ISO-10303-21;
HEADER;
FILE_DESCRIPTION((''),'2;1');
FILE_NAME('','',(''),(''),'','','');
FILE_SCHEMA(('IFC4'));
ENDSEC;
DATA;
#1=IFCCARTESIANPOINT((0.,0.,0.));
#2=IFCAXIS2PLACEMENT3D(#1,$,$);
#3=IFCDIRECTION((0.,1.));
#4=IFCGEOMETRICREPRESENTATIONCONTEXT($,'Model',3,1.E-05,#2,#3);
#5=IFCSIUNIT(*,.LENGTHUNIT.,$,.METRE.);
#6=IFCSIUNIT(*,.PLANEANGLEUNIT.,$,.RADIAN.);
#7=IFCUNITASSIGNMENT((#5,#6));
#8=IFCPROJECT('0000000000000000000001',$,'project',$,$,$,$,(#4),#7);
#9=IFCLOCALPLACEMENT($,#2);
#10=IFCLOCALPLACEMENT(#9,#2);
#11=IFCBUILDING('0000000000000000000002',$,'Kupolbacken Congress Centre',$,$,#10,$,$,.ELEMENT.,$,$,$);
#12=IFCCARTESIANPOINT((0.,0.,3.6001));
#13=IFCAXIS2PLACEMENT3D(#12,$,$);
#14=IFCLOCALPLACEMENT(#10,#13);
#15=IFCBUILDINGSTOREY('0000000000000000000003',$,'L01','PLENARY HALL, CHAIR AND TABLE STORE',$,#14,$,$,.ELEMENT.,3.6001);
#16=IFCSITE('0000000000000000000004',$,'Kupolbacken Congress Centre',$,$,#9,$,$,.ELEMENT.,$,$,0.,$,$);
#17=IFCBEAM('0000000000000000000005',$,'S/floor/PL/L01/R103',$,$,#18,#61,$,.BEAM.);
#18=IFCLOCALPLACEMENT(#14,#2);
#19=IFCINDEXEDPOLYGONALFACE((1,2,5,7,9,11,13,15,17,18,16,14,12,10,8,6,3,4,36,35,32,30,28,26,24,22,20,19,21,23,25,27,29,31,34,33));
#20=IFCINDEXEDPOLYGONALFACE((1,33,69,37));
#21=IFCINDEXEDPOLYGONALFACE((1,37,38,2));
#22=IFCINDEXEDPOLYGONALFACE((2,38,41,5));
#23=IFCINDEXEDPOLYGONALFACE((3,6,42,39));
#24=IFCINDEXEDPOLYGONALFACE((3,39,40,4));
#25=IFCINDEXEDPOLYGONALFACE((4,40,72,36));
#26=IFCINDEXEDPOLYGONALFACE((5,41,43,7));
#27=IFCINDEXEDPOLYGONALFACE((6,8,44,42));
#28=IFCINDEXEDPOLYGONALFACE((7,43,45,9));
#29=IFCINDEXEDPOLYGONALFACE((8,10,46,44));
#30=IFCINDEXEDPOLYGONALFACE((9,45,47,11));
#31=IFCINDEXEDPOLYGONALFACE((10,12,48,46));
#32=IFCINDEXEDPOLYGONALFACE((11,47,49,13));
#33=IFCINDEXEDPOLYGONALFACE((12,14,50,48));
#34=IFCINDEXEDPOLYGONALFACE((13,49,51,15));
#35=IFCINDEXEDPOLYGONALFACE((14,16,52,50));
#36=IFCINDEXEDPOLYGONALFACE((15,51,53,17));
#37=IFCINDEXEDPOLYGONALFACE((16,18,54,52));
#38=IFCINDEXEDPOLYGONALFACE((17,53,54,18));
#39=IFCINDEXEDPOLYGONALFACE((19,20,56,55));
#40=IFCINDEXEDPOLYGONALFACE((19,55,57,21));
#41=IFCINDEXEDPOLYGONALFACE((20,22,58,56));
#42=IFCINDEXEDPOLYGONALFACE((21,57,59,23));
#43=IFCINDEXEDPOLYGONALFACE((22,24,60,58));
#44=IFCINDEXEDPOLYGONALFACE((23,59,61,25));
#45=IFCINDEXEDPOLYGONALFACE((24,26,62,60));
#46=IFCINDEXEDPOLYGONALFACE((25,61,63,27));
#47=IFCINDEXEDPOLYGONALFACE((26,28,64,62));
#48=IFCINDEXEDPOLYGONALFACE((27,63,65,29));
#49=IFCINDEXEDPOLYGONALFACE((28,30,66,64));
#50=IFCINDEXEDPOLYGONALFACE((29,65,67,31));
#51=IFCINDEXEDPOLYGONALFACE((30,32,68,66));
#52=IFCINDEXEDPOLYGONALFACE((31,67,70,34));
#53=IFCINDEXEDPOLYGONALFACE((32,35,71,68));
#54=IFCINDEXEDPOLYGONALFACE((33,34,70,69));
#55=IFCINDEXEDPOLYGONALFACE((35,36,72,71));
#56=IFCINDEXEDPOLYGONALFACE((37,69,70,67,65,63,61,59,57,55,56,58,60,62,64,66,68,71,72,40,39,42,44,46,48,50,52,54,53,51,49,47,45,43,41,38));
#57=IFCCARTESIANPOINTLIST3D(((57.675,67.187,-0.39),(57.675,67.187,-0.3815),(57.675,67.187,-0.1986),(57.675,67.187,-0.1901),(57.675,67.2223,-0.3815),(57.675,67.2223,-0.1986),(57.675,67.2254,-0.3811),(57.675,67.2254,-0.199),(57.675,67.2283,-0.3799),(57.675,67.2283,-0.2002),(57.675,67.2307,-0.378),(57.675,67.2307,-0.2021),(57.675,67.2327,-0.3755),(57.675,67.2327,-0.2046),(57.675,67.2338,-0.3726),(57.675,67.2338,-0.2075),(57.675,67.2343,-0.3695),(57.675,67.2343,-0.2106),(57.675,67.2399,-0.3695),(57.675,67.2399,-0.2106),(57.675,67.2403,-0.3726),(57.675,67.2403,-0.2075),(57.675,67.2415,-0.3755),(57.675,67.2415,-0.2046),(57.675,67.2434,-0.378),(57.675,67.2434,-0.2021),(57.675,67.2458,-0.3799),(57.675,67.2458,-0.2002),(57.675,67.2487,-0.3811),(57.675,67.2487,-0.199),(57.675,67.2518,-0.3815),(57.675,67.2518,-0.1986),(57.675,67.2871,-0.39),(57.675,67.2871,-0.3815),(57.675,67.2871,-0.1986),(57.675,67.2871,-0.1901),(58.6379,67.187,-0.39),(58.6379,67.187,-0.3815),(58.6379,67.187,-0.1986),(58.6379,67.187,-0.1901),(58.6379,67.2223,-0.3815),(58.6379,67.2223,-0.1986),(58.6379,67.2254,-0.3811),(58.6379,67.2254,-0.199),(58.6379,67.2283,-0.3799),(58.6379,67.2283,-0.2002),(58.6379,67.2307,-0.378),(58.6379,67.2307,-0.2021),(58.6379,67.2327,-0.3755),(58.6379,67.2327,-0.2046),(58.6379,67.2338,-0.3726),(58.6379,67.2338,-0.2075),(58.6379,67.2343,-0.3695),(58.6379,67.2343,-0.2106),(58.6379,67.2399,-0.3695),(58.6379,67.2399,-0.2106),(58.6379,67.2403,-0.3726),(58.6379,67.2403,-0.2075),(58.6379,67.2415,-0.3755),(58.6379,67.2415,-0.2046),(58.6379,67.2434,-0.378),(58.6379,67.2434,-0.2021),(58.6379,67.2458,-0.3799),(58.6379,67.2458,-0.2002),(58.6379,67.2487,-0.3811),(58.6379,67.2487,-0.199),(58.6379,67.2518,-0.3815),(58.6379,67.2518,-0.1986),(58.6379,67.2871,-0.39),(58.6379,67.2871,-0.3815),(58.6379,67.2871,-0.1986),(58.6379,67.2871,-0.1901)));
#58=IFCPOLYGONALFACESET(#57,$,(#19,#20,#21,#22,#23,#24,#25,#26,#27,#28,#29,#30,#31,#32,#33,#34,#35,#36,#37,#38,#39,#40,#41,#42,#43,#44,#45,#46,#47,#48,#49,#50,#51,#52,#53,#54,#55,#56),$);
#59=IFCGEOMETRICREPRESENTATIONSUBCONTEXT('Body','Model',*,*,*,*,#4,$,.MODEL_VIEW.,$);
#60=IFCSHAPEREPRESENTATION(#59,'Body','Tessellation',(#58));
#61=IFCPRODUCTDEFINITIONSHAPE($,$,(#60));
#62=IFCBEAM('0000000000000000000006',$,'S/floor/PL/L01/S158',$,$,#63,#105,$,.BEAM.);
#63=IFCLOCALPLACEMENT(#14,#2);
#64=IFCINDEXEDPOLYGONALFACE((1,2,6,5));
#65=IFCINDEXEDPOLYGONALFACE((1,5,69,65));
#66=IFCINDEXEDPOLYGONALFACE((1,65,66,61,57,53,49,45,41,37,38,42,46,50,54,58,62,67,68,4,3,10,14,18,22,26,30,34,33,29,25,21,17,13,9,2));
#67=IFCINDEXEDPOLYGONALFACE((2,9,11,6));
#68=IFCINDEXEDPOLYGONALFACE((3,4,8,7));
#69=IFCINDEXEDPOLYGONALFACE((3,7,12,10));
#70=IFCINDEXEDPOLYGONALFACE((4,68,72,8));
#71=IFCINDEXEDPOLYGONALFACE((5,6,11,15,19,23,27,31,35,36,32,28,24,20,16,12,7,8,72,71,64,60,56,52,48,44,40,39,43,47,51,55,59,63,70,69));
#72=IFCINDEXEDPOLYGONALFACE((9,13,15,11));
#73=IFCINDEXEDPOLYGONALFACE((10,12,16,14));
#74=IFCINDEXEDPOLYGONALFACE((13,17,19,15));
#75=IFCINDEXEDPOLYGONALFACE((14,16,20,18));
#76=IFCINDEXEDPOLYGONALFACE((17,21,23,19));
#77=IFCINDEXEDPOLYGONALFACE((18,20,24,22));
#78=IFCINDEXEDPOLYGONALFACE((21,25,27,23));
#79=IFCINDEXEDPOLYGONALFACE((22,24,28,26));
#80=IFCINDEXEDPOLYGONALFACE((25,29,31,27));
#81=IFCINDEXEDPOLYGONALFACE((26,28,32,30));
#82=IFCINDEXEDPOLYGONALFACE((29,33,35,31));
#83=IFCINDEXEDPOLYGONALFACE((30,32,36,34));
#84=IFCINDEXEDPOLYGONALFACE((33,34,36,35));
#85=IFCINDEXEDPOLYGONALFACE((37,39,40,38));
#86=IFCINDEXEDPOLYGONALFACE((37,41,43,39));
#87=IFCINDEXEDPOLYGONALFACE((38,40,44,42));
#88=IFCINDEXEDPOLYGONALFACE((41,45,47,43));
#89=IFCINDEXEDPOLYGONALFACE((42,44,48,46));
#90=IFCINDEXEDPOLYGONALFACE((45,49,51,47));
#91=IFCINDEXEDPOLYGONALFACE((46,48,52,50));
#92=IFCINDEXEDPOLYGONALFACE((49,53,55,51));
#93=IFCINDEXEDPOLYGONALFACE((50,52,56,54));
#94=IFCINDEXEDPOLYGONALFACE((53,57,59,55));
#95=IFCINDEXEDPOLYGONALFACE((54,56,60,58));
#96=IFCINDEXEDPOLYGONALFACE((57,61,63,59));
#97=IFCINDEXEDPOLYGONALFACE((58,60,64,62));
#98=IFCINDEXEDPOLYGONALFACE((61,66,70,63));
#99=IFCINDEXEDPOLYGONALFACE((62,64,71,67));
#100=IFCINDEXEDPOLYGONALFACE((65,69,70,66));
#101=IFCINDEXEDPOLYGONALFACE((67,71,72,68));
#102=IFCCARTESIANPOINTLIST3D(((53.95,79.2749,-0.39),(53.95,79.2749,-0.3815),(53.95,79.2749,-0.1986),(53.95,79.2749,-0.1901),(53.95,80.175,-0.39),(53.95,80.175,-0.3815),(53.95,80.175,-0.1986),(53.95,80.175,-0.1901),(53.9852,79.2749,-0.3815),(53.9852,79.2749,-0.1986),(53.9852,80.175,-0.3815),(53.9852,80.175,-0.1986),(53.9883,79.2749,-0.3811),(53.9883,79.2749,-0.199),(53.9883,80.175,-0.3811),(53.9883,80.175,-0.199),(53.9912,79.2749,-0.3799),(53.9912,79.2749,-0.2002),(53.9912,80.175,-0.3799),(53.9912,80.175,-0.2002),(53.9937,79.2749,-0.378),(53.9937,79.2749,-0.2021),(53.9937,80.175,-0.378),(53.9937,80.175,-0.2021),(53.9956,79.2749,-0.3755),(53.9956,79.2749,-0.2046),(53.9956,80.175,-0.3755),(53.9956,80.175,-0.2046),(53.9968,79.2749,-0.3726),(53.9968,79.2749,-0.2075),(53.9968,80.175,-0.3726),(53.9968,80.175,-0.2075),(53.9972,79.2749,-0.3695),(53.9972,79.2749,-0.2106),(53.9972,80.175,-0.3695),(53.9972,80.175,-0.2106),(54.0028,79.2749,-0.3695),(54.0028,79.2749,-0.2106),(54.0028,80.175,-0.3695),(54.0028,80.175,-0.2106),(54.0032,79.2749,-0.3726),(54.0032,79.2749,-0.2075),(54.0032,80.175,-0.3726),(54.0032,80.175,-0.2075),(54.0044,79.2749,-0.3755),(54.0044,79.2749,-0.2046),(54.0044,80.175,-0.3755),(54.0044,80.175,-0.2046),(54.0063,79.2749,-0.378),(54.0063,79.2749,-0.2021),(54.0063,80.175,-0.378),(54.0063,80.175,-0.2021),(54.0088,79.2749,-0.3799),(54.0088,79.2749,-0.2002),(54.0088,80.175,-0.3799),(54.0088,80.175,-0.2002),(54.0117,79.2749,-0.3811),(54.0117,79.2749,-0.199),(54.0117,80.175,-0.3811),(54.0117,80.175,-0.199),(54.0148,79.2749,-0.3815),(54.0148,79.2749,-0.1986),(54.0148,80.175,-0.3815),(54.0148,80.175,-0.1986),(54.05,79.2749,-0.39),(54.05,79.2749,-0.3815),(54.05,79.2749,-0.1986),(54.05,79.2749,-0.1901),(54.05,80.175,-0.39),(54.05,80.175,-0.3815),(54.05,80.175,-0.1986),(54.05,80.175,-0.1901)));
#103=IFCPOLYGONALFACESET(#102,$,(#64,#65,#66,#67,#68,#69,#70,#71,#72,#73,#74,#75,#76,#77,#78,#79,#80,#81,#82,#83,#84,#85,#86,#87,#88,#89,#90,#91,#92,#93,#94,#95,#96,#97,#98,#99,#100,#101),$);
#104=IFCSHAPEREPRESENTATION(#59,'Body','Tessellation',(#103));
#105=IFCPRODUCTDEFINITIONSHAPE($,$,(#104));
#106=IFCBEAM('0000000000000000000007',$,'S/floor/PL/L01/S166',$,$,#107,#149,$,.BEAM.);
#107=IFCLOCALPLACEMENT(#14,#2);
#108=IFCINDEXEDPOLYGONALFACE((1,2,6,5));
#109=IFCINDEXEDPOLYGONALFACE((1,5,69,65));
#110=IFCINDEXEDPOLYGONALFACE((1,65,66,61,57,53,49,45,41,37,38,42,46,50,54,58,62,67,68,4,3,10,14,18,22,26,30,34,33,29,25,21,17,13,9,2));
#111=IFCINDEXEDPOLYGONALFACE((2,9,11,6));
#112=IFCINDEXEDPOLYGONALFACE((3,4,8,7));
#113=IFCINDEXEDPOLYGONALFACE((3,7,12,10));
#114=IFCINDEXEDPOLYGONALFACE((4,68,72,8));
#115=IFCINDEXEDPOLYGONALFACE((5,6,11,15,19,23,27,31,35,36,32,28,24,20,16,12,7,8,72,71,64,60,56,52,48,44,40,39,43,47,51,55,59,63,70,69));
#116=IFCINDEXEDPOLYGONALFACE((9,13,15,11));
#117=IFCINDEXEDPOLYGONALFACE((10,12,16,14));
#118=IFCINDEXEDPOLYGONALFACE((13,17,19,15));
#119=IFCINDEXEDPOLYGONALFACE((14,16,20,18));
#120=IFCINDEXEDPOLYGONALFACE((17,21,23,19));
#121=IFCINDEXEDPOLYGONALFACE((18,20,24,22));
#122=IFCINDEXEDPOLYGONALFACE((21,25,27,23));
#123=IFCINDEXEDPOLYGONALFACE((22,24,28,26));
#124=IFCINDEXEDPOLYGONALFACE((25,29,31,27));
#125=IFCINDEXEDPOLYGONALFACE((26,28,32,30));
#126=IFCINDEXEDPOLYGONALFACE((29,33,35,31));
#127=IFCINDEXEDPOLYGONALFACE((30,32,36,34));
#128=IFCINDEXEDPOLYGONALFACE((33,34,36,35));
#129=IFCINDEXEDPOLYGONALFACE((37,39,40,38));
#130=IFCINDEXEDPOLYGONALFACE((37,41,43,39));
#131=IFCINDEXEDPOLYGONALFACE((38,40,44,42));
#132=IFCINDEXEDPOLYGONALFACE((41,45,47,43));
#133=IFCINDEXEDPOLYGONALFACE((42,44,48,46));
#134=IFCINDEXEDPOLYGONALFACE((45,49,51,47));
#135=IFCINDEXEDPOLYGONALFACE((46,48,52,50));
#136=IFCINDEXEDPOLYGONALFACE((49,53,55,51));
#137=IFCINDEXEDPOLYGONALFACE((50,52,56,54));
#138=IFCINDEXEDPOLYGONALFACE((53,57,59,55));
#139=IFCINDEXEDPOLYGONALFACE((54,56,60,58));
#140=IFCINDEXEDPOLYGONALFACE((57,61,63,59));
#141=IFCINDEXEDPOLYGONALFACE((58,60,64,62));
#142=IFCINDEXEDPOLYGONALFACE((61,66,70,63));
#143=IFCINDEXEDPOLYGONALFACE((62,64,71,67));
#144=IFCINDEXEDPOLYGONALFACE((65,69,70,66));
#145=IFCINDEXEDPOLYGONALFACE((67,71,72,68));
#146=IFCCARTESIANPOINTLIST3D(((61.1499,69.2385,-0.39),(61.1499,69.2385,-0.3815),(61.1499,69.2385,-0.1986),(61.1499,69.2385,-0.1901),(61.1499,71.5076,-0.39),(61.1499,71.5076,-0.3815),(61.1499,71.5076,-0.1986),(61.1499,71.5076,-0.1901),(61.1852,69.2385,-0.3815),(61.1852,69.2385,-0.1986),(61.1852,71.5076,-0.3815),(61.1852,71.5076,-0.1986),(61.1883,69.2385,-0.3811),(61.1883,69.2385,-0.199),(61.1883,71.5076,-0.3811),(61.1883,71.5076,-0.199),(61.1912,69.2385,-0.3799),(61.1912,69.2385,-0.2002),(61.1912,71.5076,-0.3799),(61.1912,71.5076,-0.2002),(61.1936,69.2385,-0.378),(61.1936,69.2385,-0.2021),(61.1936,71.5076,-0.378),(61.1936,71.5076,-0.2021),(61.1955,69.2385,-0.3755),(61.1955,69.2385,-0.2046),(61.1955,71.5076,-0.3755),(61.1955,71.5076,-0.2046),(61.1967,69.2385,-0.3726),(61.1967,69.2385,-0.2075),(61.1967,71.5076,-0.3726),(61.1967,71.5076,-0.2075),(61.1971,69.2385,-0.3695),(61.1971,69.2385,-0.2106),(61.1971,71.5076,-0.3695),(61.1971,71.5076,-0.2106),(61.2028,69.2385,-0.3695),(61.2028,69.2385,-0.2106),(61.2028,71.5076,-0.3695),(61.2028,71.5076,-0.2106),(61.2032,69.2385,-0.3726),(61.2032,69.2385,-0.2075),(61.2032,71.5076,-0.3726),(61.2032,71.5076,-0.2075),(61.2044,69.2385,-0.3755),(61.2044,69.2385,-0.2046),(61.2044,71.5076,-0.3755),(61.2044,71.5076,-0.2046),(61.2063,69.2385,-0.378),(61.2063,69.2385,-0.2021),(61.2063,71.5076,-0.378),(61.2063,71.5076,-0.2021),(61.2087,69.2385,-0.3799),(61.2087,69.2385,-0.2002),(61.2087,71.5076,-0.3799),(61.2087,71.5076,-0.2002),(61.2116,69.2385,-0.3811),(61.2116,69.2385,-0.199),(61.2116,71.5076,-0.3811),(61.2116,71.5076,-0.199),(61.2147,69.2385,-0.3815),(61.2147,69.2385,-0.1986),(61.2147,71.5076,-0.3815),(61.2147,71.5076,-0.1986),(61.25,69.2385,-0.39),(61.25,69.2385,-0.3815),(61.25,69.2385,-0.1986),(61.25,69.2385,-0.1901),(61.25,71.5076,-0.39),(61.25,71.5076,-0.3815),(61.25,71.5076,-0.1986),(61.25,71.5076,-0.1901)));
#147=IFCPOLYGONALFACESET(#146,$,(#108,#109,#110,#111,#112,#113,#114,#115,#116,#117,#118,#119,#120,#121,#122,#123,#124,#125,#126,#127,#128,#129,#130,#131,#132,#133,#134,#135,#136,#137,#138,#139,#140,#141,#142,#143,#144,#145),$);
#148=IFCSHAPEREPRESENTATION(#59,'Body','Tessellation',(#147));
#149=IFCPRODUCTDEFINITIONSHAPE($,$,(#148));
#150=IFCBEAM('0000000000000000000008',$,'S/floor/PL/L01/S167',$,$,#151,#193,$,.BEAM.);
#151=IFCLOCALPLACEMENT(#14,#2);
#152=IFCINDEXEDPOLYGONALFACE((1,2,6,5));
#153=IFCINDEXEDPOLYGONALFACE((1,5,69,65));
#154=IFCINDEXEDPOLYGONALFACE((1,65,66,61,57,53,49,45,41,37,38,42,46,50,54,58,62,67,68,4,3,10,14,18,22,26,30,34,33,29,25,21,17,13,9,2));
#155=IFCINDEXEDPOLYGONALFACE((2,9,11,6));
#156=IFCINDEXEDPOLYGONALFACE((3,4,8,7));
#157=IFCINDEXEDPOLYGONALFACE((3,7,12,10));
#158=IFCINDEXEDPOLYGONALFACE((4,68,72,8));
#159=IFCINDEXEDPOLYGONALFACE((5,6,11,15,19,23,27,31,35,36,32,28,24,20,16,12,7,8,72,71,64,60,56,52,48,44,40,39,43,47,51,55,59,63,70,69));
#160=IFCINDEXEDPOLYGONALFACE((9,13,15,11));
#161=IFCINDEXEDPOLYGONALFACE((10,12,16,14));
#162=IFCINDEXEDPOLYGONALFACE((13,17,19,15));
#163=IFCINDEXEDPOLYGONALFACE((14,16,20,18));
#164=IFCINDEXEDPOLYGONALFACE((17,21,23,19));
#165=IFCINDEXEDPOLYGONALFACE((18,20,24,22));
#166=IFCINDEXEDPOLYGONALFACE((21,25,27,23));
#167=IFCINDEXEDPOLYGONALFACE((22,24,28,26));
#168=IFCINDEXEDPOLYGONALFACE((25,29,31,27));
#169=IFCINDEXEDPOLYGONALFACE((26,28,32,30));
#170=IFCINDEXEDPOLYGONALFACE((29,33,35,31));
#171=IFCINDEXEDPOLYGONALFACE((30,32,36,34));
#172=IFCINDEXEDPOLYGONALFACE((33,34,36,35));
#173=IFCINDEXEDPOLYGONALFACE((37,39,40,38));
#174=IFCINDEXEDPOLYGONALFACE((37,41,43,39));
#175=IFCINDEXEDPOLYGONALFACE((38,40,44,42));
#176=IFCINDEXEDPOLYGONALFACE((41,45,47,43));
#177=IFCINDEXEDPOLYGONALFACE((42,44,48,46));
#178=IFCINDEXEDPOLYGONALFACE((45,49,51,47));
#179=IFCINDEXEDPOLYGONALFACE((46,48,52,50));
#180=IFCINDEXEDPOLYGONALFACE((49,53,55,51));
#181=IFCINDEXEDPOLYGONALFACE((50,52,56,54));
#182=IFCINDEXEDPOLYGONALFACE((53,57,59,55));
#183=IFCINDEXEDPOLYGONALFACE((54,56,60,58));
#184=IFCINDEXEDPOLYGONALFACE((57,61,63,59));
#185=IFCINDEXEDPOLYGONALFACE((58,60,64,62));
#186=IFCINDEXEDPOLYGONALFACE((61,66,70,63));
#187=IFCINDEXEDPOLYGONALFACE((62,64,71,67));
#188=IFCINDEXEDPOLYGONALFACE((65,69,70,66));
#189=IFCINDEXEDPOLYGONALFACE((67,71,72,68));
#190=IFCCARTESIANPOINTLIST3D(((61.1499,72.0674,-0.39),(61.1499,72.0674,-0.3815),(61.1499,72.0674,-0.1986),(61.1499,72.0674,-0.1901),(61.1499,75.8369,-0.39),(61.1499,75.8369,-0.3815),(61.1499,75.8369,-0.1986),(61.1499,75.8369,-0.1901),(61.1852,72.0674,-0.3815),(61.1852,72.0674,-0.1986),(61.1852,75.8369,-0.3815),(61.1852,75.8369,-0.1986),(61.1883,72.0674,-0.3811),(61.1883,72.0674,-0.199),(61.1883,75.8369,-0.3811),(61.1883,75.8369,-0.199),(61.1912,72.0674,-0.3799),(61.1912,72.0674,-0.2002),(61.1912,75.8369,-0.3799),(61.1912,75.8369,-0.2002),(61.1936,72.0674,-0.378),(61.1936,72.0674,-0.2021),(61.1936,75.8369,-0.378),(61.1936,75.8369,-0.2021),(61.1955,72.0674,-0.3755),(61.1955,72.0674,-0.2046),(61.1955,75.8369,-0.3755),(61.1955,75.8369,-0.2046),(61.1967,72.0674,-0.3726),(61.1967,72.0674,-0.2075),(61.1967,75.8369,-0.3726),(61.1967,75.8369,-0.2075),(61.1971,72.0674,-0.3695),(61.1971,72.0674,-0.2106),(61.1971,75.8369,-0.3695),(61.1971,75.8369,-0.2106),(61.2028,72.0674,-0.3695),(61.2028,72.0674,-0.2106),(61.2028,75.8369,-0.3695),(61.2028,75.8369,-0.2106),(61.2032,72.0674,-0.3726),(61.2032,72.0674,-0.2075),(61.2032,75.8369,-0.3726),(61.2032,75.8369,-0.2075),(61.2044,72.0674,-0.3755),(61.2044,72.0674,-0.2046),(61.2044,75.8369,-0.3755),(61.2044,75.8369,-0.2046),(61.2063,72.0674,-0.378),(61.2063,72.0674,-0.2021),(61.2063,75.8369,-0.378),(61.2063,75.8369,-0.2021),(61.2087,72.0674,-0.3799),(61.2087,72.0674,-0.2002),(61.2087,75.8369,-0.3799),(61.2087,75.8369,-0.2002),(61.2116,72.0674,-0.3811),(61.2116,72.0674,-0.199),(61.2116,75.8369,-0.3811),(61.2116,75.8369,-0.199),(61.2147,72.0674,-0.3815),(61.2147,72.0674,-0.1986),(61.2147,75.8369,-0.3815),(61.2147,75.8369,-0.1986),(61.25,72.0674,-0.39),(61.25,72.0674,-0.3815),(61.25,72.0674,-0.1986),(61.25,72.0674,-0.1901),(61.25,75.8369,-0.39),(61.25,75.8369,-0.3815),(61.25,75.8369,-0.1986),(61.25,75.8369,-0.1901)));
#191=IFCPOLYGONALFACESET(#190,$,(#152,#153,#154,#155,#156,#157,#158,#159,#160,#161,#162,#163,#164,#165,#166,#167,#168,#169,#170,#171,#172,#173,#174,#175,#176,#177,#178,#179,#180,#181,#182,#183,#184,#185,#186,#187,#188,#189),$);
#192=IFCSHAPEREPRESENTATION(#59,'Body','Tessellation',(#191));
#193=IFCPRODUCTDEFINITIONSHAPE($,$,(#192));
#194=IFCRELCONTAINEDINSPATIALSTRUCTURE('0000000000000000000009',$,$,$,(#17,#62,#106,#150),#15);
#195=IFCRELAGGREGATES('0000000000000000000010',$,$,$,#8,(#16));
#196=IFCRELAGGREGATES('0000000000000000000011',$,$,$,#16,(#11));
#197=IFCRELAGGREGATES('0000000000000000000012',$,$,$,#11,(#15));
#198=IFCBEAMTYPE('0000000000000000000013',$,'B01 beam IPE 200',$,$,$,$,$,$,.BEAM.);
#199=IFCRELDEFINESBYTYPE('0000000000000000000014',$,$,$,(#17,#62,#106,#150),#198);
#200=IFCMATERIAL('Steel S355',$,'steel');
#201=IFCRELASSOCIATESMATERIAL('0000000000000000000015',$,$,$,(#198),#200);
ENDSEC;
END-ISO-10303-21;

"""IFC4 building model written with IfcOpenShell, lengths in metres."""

from ifc_helpers import new_model, si_unit, direction, frame, origin, origin_2d, place, context, subcontext, project, spatial, i_section, extrude, material, material_profile, profile_set, type_object, element, save


model = new_model("IFC4")

# Units and contexts
model_context = context("Model", 3, precision=1e-05, world=origin(), true_north=direction((0.0, 1.0)))
body_context = subcontext(model_context, "Body", "Model", "MODEL_VIEW")
ifc_project = project(units=[si_unit("LENGTHUNIT", "METRE"), si_unit("PLANEANGLEUNIT", "RADIAN")], contexts=[model_context])

# Site, building, storey
site_placement = place(None, origin())
site = spatial("IfcSite", under=ifc_project, at=site_placement, Name="Kupolbacken Congress Centre", CompositionType="ELEMENT", RefElevation=0.0)
building_placement = place(site_placement, origin())
building = spatial("IfcBuilding", under=site, at=building_placement, Name="Kupolbacken Congress Centre", CompositionType="ELEMENT")
storey_placement = place(building_placement, frame((0.0, 0.0, 3.6001)))
storey = spatial("IfcBuildingStorey", under=building, at=storey_placement, Name="L01", Description="PLENARY HALL, CHAIR AND TABLE STORE", CompositionType="ELEMENT", Elevation=3.6001)

# Beams
ifc_material_1 = material(Name="Steel S355", Category="steel")
ifc_material_profile_1 = material_profile(ifc_material_1, i_section(OverallWidth=0.1001, OverallDepth=0.2, WebThickness=0.0056, FlangeThickness=0.0085, FilletRadius=0.012, at=origin_2d()), Name="IPE 200")
ifc_profile_set_1 = profile_set([ifc_material_profile_1], Name="Steel S355")
beam_type_1 = type_object("IfcBeamType", Name="B01 beam IPE 200", PredefinedType="BEAM", material=ifc_profile_set_1)
beam_1_placement = place(storey_placement, frame((57.675, 67.2371, -0.29), z_axis=(1.0, 0.0, 0.0), x_axis=(0.0, 1.0, 0.0)))
element("IfcBeam", 1, at=beam_1_placement, inside=storey, type_object=beam_type_1, Name="S/floor/PL/L01/R103", PredefinedType="BEAM", context=body_context, shape_type="SweptSolid", body=[
    extrude(i_section(OverallWidth=0.1001, OverallDepth=0.2, WebThickness=0.0056, FlangeThickness=0.0085, FilletRadius=0.012, at=origin_2d()), origin(), (0.0, 0.0, 1.0), 0.9629),
])
beam_2_placement = place(storey_placement, frame((54.0, 79.2749, -0.29), z_axis=(0.0, 1.0, 0.0), x_axis=(-1.0, 0.0, 0.0)))
element("IfcBeam", 2, at=beam_2_placement, inside=storey, type_object=beam_type_1, Name="S/floor/PL/L01/S158", PredefinedType="BEAM", context=body_context, shape_type="SweptSolid", body=[
    extrude(i_section(OverallWidth=0.1001, OverallDepth=0.2, WebThickness=0.0056, FlangeThickness=0.0085, FilletRadius=0.012, at=origin_2d()), origin(), (0.0, 0.0, 1.0), 0.9001),
])
beam_3_placement = place(storey_placement, frame((61.2, 69.2385, -0.29), z_axis=(0.0, 1.0, 0.0), x_axis=(-1.0, 0.0, 0.0)))
element("IfcBeam", 3, at=beam_3_placement, inside=storey, type_object=beam_type_1, Name="S/floor/PL/L01/S166", PredefinedType="BEAM", context=body_context, shape_type="SweptSolid", body=[
    extrude(i_section(OverallWidth=0.1001, OverallDepth=0.2, WebThickness=0.0056, FlangeThickness=0.0085, FilletRadius=0.012, at=origin_2d()), origin(), (0.0, 0.0, 1.0), 2.269),
])
beam_4_placement = place(storey_placement, frame((61.2, 72.0674, -0.29), z_axis=(0.0, 1.0, 0.0), x_axis=(-1.0, 0.0, 0.0)))
element("IfcBeam", 4, at=beam_4_placement, inside=storey, type_object=beam_type_1, Name="S/floor/PL/L01/S167", PredefinedType="BEAM", context=body_context, shape_type="SweptSolid", body=[
    extrude(i_section(OverallWidth=0.1001, OverallDepth=0.2, WebThickness=0.0056, FlangeThickness=0.0085, FilletRadius=0.012, at=origin_2d()), origin(), (0.0, 0.0, 1.0), 3.7695),
])

save(model, "model.ifc")
